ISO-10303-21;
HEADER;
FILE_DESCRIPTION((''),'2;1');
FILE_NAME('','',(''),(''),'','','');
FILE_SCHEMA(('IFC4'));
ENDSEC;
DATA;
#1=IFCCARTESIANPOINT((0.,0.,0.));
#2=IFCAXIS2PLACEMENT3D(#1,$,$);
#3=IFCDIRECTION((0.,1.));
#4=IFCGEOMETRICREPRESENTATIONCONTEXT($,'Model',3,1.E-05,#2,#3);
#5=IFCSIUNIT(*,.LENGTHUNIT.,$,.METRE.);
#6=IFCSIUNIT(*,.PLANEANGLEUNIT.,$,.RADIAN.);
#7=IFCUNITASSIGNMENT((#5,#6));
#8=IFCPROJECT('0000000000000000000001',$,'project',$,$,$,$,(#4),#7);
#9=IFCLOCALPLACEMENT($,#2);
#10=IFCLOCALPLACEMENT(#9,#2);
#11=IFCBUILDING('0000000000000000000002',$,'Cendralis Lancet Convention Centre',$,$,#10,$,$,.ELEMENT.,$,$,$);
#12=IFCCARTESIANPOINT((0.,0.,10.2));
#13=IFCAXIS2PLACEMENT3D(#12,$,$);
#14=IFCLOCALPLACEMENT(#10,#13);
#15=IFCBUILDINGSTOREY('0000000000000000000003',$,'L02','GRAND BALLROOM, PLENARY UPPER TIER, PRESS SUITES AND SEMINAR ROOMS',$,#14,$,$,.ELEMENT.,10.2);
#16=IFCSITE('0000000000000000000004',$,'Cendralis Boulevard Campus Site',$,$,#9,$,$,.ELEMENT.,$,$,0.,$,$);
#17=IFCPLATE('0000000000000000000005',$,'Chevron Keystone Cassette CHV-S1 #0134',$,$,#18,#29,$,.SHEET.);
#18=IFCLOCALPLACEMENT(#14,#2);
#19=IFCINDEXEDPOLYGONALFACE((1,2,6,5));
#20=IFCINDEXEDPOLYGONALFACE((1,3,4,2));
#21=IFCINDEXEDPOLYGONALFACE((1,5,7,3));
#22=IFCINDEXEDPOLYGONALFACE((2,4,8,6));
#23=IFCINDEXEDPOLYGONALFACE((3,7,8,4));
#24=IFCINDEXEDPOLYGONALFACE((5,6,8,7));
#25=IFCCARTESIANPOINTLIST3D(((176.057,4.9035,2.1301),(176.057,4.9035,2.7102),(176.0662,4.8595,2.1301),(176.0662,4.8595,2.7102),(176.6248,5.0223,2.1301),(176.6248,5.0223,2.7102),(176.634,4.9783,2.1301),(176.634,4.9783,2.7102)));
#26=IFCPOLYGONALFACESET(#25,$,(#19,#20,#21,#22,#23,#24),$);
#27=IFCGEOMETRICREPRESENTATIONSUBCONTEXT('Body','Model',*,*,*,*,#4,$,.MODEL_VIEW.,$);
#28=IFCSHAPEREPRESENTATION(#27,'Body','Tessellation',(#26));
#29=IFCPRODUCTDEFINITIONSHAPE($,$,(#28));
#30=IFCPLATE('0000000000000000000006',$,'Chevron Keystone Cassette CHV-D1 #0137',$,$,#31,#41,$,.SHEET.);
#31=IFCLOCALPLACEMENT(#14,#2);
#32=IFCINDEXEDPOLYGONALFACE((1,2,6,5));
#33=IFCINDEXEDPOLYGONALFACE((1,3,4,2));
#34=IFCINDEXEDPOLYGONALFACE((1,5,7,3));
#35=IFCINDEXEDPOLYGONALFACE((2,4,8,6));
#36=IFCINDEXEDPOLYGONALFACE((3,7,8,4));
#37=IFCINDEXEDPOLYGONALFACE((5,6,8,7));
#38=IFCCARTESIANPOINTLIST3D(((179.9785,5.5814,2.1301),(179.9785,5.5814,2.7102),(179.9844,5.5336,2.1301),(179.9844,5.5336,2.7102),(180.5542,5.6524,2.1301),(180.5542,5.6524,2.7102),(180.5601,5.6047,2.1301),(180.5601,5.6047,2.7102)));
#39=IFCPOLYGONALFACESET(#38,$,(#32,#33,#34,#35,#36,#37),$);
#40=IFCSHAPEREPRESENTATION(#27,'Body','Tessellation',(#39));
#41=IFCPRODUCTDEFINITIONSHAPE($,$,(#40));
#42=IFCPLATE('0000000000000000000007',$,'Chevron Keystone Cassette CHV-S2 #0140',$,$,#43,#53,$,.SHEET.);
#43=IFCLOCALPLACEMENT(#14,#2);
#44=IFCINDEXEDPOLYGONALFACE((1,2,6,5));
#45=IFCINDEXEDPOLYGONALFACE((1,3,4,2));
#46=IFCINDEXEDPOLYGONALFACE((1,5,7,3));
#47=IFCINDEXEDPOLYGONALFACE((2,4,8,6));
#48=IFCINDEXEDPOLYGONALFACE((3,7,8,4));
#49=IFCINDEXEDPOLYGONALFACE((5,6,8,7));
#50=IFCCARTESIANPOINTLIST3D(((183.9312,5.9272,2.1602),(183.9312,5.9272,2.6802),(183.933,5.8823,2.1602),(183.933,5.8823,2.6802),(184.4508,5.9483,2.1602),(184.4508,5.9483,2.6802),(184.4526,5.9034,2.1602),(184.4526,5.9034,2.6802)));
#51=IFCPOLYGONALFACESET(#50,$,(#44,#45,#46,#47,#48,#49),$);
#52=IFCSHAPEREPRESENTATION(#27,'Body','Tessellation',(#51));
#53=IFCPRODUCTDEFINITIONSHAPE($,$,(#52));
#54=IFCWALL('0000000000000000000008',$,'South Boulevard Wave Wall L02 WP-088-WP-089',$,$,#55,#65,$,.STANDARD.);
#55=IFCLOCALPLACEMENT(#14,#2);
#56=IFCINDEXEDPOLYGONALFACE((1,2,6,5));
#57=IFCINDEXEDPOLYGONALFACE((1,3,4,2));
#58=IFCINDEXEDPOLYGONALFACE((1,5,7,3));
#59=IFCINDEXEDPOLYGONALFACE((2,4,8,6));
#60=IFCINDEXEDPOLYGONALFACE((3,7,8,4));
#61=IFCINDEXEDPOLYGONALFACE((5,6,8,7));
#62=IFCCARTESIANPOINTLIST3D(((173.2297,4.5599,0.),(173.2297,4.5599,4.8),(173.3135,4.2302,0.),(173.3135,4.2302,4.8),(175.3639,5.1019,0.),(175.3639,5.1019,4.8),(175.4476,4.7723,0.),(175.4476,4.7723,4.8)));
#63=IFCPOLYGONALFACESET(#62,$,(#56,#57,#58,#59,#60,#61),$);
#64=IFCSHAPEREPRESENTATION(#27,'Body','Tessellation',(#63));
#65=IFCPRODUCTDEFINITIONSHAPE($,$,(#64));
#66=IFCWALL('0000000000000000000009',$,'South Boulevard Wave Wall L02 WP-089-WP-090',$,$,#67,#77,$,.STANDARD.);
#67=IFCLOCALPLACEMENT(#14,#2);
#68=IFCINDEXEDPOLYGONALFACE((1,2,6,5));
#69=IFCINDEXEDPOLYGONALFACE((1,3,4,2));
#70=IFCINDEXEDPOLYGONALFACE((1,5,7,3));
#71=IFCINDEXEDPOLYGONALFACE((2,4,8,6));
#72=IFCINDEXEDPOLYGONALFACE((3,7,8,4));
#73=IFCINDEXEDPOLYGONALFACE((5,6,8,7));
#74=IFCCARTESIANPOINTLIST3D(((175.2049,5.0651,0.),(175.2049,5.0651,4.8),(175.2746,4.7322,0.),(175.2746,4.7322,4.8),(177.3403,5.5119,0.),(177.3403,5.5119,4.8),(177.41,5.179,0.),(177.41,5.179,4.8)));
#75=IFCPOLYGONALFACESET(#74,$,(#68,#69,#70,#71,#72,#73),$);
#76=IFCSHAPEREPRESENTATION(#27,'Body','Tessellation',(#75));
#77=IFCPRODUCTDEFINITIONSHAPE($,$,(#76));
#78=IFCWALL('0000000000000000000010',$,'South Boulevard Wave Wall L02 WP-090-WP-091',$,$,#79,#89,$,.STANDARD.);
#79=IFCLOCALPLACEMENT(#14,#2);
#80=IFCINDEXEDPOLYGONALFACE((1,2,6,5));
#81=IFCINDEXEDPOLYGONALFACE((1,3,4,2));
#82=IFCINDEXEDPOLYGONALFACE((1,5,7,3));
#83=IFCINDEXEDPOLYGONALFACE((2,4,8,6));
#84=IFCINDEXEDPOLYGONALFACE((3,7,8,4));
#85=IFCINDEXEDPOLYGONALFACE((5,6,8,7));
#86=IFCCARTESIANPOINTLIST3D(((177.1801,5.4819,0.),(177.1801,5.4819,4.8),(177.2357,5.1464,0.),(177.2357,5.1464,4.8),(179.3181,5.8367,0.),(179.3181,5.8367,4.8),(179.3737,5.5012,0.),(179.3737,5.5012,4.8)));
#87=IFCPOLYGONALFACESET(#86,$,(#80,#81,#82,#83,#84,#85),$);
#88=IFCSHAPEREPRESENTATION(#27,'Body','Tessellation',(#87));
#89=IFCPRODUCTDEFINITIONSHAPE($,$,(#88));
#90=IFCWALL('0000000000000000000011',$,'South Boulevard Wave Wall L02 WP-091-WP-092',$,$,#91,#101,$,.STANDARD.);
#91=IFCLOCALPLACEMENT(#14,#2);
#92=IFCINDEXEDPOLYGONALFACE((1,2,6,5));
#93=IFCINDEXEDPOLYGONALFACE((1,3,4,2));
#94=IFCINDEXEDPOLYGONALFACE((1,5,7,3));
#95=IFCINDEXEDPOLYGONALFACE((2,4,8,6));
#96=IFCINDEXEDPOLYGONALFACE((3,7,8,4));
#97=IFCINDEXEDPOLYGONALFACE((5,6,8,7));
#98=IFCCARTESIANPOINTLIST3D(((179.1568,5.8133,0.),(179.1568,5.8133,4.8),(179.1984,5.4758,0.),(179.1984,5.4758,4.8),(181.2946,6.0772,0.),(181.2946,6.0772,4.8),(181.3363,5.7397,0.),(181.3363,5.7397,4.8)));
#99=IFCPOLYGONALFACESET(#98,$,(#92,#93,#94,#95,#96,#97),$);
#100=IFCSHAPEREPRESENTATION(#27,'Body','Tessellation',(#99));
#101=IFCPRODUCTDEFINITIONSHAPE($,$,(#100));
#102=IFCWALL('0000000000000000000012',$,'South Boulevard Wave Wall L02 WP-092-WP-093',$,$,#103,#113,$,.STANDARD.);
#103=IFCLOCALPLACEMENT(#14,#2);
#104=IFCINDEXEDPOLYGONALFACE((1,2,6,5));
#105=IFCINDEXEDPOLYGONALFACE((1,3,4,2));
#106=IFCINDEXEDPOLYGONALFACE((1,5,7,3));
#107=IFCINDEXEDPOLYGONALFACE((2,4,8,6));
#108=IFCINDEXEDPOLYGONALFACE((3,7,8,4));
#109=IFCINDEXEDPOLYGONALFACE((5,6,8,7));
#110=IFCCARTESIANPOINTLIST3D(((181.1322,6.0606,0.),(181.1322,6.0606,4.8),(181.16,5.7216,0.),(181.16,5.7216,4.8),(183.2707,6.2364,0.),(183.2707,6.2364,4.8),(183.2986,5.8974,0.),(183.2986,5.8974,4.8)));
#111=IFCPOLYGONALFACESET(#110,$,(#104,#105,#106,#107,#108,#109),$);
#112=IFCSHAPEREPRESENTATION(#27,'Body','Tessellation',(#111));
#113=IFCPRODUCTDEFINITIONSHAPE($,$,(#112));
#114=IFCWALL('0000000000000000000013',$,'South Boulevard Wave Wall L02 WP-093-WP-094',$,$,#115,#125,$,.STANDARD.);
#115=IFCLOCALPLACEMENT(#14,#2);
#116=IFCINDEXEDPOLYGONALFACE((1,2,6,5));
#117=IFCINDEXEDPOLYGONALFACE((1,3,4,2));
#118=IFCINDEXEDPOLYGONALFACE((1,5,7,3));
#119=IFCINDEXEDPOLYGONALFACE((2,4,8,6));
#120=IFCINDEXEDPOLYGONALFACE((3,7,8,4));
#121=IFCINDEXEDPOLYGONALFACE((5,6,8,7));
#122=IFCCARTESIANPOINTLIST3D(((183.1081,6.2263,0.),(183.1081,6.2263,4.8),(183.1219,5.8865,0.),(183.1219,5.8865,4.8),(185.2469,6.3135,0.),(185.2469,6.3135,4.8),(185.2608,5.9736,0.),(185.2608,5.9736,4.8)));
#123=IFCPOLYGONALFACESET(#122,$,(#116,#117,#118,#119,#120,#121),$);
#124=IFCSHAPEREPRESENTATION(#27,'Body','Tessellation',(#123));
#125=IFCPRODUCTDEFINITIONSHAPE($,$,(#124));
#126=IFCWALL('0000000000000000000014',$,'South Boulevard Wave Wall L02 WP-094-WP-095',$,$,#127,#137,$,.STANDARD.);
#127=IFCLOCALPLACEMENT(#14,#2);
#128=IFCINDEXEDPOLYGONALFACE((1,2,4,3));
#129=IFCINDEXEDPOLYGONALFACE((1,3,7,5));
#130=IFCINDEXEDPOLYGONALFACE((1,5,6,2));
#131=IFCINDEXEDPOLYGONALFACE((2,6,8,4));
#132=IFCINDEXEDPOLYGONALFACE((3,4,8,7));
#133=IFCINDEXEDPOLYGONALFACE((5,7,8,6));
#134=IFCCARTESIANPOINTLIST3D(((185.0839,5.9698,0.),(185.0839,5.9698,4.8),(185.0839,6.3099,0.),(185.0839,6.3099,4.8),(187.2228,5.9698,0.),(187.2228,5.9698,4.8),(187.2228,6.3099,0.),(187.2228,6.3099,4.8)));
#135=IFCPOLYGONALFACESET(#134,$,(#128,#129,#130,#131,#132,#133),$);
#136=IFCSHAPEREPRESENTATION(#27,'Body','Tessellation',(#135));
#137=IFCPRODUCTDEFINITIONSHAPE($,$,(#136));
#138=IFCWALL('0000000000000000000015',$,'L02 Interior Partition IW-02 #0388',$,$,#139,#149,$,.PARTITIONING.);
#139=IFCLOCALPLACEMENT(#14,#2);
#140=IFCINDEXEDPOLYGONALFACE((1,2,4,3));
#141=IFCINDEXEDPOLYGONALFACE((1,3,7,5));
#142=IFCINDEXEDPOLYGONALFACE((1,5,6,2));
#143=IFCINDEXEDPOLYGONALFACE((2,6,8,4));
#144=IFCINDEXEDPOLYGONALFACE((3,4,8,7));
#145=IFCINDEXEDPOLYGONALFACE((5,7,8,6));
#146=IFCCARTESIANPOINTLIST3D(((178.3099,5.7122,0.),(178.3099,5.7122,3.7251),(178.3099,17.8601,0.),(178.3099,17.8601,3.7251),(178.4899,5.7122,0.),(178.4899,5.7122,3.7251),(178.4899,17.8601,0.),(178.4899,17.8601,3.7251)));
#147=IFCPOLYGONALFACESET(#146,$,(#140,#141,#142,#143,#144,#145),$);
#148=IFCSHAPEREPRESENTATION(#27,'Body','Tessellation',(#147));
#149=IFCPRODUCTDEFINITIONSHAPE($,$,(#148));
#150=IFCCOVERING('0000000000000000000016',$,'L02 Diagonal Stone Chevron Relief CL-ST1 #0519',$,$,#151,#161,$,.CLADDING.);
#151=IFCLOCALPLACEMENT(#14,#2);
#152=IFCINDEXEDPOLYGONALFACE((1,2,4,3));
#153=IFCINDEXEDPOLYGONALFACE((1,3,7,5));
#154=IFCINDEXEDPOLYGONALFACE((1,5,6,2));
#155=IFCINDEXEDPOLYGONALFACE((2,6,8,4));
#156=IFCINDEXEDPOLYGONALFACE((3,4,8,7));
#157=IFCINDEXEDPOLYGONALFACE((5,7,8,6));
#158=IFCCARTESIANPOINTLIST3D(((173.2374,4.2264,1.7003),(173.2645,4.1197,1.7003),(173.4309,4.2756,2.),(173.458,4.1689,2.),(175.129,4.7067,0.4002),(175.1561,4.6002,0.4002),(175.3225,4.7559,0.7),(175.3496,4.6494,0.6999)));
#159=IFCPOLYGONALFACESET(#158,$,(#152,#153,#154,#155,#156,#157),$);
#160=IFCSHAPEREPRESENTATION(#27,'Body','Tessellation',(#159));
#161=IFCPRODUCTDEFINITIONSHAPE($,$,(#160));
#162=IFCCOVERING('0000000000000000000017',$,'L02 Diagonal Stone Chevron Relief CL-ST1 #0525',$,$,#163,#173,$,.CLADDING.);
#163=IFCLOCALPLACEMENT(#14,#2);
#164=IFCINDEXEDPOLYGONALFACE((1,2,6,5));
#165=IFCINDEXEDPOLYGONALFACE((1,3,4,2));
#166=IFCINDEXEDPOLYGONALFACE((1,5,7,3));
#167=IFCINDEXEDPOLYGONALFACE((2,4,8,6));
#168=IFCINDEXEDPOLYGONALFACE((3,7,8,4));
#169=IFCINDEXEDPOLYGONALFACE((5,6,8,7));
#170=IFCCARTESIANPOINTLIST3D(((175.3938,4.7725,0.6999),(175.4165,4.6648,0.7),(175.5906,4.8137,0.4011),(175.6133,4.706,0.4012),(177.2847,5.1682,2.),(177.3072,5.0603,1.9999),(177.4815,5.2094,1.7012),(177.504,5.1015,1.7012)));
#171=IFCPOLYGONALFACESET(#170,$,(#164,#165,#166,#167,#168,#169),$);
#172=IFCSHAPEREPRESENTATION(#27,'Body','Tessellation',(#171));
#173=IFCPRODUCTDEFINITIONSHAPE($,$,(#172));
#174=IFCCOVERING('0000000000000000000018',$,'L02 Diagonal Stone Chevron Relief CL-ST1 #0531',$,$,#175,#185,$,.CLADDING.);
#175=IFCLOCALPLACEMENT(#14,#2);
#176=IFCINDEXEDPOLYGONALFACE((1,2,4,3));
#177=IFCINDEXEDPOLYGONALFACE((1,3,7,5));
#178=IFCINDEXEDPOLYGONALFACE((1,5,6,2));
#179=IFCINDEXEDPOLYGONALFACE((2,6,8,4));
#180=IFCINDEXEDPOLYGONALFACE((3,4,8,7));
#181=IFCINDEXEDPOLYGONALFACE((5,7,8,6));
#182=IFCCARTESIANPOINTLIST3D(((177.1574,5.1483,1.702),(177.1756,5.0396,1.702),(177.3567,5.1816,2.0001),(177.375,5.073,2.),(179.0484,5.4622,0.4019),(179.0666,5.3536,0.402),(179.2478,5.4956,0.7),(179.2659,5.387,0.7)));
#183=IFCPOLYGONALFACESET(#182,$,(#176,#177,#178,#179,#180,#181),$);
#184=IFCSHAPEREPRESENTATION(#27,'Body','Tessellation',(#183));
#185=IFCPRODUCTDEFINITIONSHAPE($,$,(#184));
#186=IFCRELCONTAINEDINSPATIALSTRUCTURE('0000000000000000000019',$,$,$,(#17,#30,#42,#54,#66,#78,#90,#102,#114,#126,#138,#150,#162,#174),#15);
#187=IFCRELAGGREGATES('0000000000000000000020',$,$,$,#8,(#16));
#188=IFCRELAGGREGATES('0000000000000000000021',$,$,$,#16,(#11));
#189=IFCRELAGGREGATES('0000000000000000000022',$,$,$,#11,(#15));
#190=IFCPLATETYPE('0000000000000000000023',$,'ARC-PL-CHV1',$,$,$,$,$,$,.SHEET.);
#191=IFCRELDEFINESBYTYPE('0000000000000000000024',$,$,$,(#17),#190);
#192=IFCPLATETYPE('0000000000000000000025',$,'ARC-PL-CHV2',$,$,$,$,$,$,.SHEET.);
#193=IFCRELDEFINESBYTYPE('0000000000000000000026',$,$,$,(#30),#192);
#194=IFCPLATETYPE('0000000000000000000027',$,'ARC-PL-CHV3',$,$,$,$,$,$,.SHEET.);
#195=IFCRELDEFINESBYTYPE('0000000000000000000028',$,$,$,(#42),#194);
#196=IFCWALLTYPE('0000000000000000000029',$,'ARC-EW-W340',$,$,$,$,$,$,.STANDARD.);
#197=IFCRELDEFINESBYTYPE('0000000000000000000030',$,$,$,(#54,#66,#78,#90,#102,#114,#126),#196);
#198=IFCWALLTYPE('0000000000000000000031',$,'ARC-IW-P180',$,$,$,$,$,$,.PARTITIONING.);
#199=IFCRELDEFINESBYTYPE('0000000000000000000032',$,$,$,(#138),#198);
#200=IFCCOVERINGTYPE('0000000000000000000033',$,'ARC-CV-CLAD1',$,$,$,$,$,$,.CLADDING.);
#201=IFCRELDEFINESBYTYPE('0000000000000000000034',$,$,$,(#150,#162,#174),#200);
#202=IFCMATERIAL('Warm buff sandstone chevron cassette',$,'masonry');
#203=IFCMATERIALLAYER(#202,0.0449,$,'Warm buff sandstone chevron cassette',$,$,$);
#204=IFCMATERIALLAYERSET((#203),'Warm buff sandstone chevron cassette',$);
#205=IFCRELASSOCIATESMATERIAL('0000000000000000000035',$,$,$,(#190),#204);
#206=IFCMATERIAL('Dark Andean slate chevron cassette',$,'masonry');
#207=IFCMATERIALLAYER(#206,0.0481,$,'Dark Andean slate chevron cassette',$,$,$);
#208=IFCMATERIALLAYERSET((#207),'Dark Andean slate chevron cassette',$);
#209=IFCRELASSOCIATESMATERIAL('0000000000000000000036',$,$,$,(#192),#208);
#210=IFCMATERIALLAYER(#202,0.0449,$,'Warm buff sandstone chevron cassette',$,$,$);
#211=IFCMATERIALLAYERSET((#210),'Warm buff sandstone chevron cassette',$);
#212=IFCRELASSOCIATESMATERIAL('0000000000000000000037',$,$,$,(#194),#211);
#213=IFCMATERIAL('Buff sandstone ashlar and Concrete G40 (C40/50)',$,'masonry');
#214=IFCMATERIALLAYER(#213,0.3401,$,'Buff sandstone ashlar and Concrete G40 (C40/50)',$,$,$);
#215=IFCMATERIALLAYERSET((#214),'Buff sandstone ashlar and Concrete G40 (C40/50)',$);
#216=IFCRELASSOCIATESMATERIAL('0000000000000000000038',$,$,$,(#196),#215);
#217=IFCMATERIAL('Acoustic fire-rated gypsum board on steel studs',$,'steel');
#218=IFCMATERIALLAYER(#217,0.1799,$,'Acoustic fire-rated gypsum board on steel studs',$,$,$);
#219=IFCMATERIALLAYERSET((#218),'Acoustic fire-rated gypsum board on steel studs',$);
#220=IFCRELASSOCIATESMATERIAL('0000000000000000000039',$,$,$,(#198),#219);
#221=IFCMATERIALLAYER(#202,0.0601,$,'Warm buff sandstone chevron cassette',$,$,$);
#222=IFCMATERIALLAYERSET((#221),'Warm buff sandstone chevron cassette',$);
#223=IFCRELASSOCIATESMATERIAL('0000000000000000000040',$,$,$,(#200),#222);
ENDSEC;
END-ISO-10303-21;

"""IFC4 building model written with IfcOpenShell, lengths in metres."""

from ifc_helpers import new_model, si_unit, direction, frame, frame_2d, origin, origin_2d, place, context, subcontext, project, spatial, polyline, rectangle, outline, extrude, material, layer, layer_set, type_object, element, save


model = new_model("IFC4")

# Units and contexts
model_context = context("Model", 3, precision=1e-05, world=origin(), true_north=direction((0.0, 1.0)))
body_context = subcontext(model_context, "Body", "Model", "MODEL_VIEW")
ifc_project = project(units=[si_unit("LENGTHUNIT", "METRE"), si_unit("PLANEANGLEUNIT", "RADIAN")], contexts=[model_context])

# Site, building, storey
site_placement = place(None, origin())
site = spatial("IfcSite", under=ifc_project, at=site_placement, Name="Cendralis Boulevard Campus Site", CompositionType="ELEMENT", RefElevation=0.0)
building_placement = place(site_placement, origin())
building = spatial("IfcBuilding", under=site, at=building_placement, Name="Cendralis Lancet Convention Centre", CompositionType="ELEMENT")
storey_placement = place(building_placement, frame((0.0, 0.0, 10.2)))
storey = spatial("IfcBuildingStorey", under=building, at=storey_placement, Name="L02", Description="GRAND BALLROOM, PLENARY UPPER TIER, PRESS SUITES AND SEMINAR ROOMS", CompositionType="ELEMENT", Elevation=10.2)

# Plates
ifc_material_1 = material(Name="Warm buff sandstone chevron cassette", Category="masonry")
ifc_layer_1 = layer(ifc_material_1, 0.0449, Name="Warm buff sandstone chevron cassette")
ifc_layer_set_1 = layer_set([ifc_layer_1], Name="Warm buff sandstone chevron cassette")
plate_type_1 = type_object("IfcPlateType", Name="ARC-PL-CHV1", PredefinedType="SHEET", material=ifc_layer_set_1)
plate_1_placement = place(storey_placement, frame((176.3455, 4.9409, 2.1301), z_axis=(0.0, 0.0, 1.0), x_axis=(0.978803, 0.204804, 0.0)))
element("IfcPlate", 1, at=plate_1_placement, inside=storey, type_object=plate_type_1, Name="Chevron Keystone Cassette CHV-S1 #0134", PredefinedType="SHEET", context=body_context, shape_type="SweptSolid", body=[
    extrude(rectangle(XDim=0.5801, YDim=0.0449, at=origin_2d()), origin(), (0.0, 0.0, 1.0), 0.5801),
])
ifc_material_2 = material(Name="Dark Andean slate chevron cassette", Category="masonry")
ifc_layer_2 = layer(ifc_material_2, 0.0481, Name="Dark Andean slate chevron cassette")
ifc_layer_set_2 = layer_set([ifc_layer_2], Name="Dark Andean slate chevron cassette")
plate_type_2 = type_object("IfcPlateType", Name="ARC-PL-CHV2", PredefinedType="SHEET", material=ifc_layer_set_2)
plate_2_placement = place(storey_placement, frame((180.2693, 5.593, 2.1301), z_axis=(0.0, 0.0, 1.0), x_axis=(0.992472, 0.122476, 0.0)))
element("IfcPlate", 2, at=plate_2_placement, inside=storey, type_object=plate_type_2, Name="Chevron Keystone Cassette CHV-D1 #0137", PredefinedType="SHEET", context=body_context, shape_type="SweptSolid", body=[
    extrude(rectangle(XDim=0.5801, YDim=0.0481, at=origin_2d()), origin(), (0.0, 0.0, 1.0), 0.5801),
])
ifc_layer_3 = layer(ifc_material_1, 0.0449, Name="Warm buff sandstone chevron cassette")
ifc_layer_set_3 = layer_set([ifc_layer_3], Name="Warm buff sandstone chevron cassette")
plate_type_3 = type_object("IfcPlateType", Name="ARC-PL-CHV3", PredefinedType="SHEET", material=ifc_layer_set_3)
plate_3_placement = place(storey_placement, frame((184.1919, 5.9153, 2.1602), z_axis=(0.0, 0.0, 1.0), x_axis=(0.999175, 0.040603, 0.0)))
element("IfcPlate", 3, at=plate_3_placement, inside=storey, type_object=plate_type_3, Name="Chevron Keystone Cassette CHV-S2 #0140", PredefinedType="SHEET", context=body_context, shape_type="SweptSolid", body=[
    extrude(rectangle(XDim=0.52, YDim=0.0449, at=origin_2d()), origin(), (0.0, 0.0, 1.0), 0.52),
])

# Walls
ifc_material_3 = material(Name="Buff sandstone ashlar and Concrete G40 (C40/50)", Category="masonry")
ifc_layer_4 = layer(ifc_material_3, 0.3401, Name="Buff sandstone ashlar and Concrete G40 (C40/50)")
ifc_layer_set_4 = layer_set([ifc_layer_4], Name="Buff sandstone ashlar and Concrete G40 (C40/50)")
wall_type_1 = type_object("IfcWallType", Name="ARC-EW-W340", PredefinedType="STANDARD", material=ifc_layer_set_4)
wall_1_placement = place(storey_placement, frame((173.2715, 4.395, 0.0), z_axis=(0.0, 0.0, 1.0), x_axis=(0.969229, 0.24616, 0.0)))
element("IfcWall", 4, at=wall_1_placement, inside=storey, type_object=wall_type_1, Name="South Boulevard Wave Wall L02 WP-088-WP-089", PredefinedType="STANDARD", context=body_context, shape_type="SweptSolid", body=[
    extrude(rectangle(XDim=2.2019, YDim=0.3401, at=frame_2d((1.1011, 0.0))), origin(), (0.0, 0.0, 1.0), 4.8),
])
wall_2_placement = place(storey_placement, frame((175.2397, 4.8987, 0.0), z_axis=(0.0, 0.0, 1.0), x_axis=(0.978808, 0.204781, 0.0)))
element("IfcWall", 5, at=wall_2_placement, inside=storey, type_object=wall_type_1, Name="South Boulevard Wave Wall L02 WP-089-WP-090", PredefinedType="STANDARD", context=body_context, shape_type="SweptSolid", body=[
    extrude(rectangle(XDim=2.1816, YDim=0.3401, at=frame_2d((1.0908, 0.0))), origin(), (0.0, 0.0, 1.0), 4.8),
])
wall_3_placement = place(storey_placement, frame((177.208, 5.3142, 0.0), z_axis=(0.0, 0.0, 1.0), x_axis=(0.986512, 0.163686, 0.0)))
element("IfcWall", 6, at=wall_3_placement, inside=storey, type_object=wall_type_1, Name="South Boulevard Wave Wall L02 WP-090-WP-091", PredefinedType="STANDARD", context=body_context, shape_type="SweptSolid", body=[
    extrude(rectangle(XDim=2.1672, YDim=0.3401, at=frame_2d((1.0835, 0.0))), origin(), (0.0, 0.0, 1.0), 4.8),
])
wall_4_placement = place(storey_placement, frame((179.1775, 5.6445, 0.0), z_axis=(0.0, 0.0, 1.0), x_axis=(0.992467, 0.122514, 0.0)))
element("IfcWall", 7, at=wall_4_placement, inside=storey, type_object=wall_type_1, Name="South Boulevard Wave Wall L02 WP-091-WP-092", PredefinedType="STANDARD", context=body_context, shape_type="SweptSolid", body=[
    extrude(rectangle(XDim=2.1541, YDim=0.3401, at=frame_2d((1.0771, 0.0))), origin(), (0.0, 0.0, 1.0), 4.8),
])
wall_5_placement = place(storey_placement, frame((181.1462, 5.8911, 0.0), z_axis=(0.0, 0.0, 1.0), x_axis=(0.996639, 0.081925, 0.0)))
element("IfcWall", 8, at=wall_5_placement, inside=storey, type_object=wall_type_1, Name="South Boulevard Wave Wall L02 WP-092-WP-093", PredefinedType="STANDARD", context=body_context, shape_type="SweptSolid", body=[
    extrude(rectangle(XDim=2.1458, YDim=0.3401, at=frame_2d((1.0728, 0.0))), origin(), (0.0, 0.0, 1.0), 4.8),
])
wall_6_placement = place(storey_placement, frame((183.115, 6.0564, 0.0), z_axis=(0.0, 0.0, 1.0), x_axis=(0.999171, 0.040715, 0.0)))
element("IfcWall", 9, at=wall_6_placement, inside=storey, type_object=wall_type_1, Name="South Boulevard Wave Wall L02 WP-093-WP-094", PredefinedType="STANDARD", context=body_context, shape_type="SweptSolid", body=[
    extrude(rectangle(XDim=2.1406, YDim=0.3401, at=frame_2d((1.0703, 0.0))), origin(), (0.0, 0.0, 1.0), 4.8),
])
wall_7_placement = place(storey_placement, frame((185.084, 6.1399, 0.0), z_axis=(0.0, 0.0, 1.0), x_axis=(1.0, 0.0, 0.0)))
element("IfcWall", 10, at=wall_7_placement, inside=storey, type_object=wall_type_1, Name="South Boulevard Wave Wall L02 WP-094-WP-095", PredefinedType="STANDARD", context=body_context, shape_type="SweptSolid", body=[
    extrude(rectangle(XDim=2.1389, YDim=0.3401, at=frame_2d((1.0693, 0.0))), origin(), (0.0, 0.0, 1.0), 4.8),
])
ifc_material_4 = material(Name="Acoustic fire-rated gypsum board on steel studs", Category="steel")
ifc_layer_5 = layer(ifc_material_4, 0.1799, Name="Acoustic fire-rated gypsum board on steel studs")
ifc_layer_set_5 = layer_set([ifc_layer_5], Name="Acoustic fire-rated gypsum board on steel studs")
wall_type_2 = type_object("IfcWallType", Name="ARC-IW-P180", PredefinedType="PARTITIONING", material=ifc_layer_set_5)
wall_8_placement = place(storey_placement, frame((178.3999, 5.7122, 0.0), z_axis=(0.0, 0.0, 1.0), x_axis=(0.0, 1.0, 0.0)))
element("IfcWall", 11, at=wall_8_placement, inside=storey, type_object=wall_type_2, Name="L02 Interior Partition IW-02 #0388", PredefinedType="PARTITIONING", context=body_context, shape_type="SweptSolid", body=[
    extrude(rectangle(XDim=12.1479, YDim=0.1799, at=frame_2d((6.074, 0.0))), origin(), (0.0, 0.0, 1.0), 3.7251),
])

# Coverings
ifc_layer_6 = layer(ifc_material_1, 0.0601, Name="Warm buff sandstone chevron cassette")
ifc_layer_set_6 = layer_set([ifc_layer_6], Name="Warm buff sandstone chevron cassette")
covering_type_1 = type_object("IfcCoveringType", Name="ARC-CV-CLAD1", PredefinedType="CLADDING", material=ifc_layer_set_6)
covering_1_placement = place(storey_placement, frame((173.458, 4.1689, 2.0), z_axis=(0.537292, 0.136631, 0.832255), x_axis=(0.806641, 0.204888, -0.554392)))
element("IfcCovering", 12, at=covering_1_placement, inside=storey, type_object=covering_type_1, Name="L02 Diagonal Stone Chevron Relief CL-ST1 #0519", PredefinedType="CLADDING", context=body_context, shape_type="SweptSolid", body=[
    extrude(outline(polyline([(0.0, 0.0), (2.345, 0.0), (2.345, 0.1098), (0.0, 0.1101), (0.0, 0.0)])), origin(), (0.0, 0.0, -1.0), 0.3601),
])
covering_2_placement = place(storey_placement, frame((175.4165, 4.6648, 0.7), z_axis=(-0.546473, -0.114493, 0.829614), x_axis=(0.812036, 0.169873, 0.558338)))
element("IfcCovering", 13, at=covering_2_placement, inside=storey, type_object=covering_type_1, Name="L02 Diagonal Stone Chevron Relief CL-ST1 #0525", PredefinedType="CLADDING", context=body_context, shape_type="SweptSolid", body=[
    extrude(outline(polyline([(0.0, 0.0), (2.3283, 0.0), (2.3284, 0.1102), (-0.0001, 0.11), (0.0, 0.0)])), origin(), (0.0, 0.0, -1.0), 0.3601),
])
covering_3_placement = place(storey_placement, frame((177.375, 5.073, 2.0), z_axis=(0.553593, 0.09268, 0.827614), x_axis=(0.816436, 0.135563, -0.561297)))
element("IfcCovering", 14, at=covering_3_placement, inside=storey, type_object=covering_type_1, Name="L02 Diagonal Stone Chevron Relief CL-ST1 #0531", PredefinedType="CLADDING", context=body_context, shape_type="SweptSolid", body=[
    extrude(outline(polyline([(0.0, 0.0), (2.316, 0.0), (2.316, 0.1101), (-0.0002, 0.1102), (0.0, 0.0)])), origin(), (0.0, 0.0, -1.0), 0.3601),
])

save(model, "model.ifc")
